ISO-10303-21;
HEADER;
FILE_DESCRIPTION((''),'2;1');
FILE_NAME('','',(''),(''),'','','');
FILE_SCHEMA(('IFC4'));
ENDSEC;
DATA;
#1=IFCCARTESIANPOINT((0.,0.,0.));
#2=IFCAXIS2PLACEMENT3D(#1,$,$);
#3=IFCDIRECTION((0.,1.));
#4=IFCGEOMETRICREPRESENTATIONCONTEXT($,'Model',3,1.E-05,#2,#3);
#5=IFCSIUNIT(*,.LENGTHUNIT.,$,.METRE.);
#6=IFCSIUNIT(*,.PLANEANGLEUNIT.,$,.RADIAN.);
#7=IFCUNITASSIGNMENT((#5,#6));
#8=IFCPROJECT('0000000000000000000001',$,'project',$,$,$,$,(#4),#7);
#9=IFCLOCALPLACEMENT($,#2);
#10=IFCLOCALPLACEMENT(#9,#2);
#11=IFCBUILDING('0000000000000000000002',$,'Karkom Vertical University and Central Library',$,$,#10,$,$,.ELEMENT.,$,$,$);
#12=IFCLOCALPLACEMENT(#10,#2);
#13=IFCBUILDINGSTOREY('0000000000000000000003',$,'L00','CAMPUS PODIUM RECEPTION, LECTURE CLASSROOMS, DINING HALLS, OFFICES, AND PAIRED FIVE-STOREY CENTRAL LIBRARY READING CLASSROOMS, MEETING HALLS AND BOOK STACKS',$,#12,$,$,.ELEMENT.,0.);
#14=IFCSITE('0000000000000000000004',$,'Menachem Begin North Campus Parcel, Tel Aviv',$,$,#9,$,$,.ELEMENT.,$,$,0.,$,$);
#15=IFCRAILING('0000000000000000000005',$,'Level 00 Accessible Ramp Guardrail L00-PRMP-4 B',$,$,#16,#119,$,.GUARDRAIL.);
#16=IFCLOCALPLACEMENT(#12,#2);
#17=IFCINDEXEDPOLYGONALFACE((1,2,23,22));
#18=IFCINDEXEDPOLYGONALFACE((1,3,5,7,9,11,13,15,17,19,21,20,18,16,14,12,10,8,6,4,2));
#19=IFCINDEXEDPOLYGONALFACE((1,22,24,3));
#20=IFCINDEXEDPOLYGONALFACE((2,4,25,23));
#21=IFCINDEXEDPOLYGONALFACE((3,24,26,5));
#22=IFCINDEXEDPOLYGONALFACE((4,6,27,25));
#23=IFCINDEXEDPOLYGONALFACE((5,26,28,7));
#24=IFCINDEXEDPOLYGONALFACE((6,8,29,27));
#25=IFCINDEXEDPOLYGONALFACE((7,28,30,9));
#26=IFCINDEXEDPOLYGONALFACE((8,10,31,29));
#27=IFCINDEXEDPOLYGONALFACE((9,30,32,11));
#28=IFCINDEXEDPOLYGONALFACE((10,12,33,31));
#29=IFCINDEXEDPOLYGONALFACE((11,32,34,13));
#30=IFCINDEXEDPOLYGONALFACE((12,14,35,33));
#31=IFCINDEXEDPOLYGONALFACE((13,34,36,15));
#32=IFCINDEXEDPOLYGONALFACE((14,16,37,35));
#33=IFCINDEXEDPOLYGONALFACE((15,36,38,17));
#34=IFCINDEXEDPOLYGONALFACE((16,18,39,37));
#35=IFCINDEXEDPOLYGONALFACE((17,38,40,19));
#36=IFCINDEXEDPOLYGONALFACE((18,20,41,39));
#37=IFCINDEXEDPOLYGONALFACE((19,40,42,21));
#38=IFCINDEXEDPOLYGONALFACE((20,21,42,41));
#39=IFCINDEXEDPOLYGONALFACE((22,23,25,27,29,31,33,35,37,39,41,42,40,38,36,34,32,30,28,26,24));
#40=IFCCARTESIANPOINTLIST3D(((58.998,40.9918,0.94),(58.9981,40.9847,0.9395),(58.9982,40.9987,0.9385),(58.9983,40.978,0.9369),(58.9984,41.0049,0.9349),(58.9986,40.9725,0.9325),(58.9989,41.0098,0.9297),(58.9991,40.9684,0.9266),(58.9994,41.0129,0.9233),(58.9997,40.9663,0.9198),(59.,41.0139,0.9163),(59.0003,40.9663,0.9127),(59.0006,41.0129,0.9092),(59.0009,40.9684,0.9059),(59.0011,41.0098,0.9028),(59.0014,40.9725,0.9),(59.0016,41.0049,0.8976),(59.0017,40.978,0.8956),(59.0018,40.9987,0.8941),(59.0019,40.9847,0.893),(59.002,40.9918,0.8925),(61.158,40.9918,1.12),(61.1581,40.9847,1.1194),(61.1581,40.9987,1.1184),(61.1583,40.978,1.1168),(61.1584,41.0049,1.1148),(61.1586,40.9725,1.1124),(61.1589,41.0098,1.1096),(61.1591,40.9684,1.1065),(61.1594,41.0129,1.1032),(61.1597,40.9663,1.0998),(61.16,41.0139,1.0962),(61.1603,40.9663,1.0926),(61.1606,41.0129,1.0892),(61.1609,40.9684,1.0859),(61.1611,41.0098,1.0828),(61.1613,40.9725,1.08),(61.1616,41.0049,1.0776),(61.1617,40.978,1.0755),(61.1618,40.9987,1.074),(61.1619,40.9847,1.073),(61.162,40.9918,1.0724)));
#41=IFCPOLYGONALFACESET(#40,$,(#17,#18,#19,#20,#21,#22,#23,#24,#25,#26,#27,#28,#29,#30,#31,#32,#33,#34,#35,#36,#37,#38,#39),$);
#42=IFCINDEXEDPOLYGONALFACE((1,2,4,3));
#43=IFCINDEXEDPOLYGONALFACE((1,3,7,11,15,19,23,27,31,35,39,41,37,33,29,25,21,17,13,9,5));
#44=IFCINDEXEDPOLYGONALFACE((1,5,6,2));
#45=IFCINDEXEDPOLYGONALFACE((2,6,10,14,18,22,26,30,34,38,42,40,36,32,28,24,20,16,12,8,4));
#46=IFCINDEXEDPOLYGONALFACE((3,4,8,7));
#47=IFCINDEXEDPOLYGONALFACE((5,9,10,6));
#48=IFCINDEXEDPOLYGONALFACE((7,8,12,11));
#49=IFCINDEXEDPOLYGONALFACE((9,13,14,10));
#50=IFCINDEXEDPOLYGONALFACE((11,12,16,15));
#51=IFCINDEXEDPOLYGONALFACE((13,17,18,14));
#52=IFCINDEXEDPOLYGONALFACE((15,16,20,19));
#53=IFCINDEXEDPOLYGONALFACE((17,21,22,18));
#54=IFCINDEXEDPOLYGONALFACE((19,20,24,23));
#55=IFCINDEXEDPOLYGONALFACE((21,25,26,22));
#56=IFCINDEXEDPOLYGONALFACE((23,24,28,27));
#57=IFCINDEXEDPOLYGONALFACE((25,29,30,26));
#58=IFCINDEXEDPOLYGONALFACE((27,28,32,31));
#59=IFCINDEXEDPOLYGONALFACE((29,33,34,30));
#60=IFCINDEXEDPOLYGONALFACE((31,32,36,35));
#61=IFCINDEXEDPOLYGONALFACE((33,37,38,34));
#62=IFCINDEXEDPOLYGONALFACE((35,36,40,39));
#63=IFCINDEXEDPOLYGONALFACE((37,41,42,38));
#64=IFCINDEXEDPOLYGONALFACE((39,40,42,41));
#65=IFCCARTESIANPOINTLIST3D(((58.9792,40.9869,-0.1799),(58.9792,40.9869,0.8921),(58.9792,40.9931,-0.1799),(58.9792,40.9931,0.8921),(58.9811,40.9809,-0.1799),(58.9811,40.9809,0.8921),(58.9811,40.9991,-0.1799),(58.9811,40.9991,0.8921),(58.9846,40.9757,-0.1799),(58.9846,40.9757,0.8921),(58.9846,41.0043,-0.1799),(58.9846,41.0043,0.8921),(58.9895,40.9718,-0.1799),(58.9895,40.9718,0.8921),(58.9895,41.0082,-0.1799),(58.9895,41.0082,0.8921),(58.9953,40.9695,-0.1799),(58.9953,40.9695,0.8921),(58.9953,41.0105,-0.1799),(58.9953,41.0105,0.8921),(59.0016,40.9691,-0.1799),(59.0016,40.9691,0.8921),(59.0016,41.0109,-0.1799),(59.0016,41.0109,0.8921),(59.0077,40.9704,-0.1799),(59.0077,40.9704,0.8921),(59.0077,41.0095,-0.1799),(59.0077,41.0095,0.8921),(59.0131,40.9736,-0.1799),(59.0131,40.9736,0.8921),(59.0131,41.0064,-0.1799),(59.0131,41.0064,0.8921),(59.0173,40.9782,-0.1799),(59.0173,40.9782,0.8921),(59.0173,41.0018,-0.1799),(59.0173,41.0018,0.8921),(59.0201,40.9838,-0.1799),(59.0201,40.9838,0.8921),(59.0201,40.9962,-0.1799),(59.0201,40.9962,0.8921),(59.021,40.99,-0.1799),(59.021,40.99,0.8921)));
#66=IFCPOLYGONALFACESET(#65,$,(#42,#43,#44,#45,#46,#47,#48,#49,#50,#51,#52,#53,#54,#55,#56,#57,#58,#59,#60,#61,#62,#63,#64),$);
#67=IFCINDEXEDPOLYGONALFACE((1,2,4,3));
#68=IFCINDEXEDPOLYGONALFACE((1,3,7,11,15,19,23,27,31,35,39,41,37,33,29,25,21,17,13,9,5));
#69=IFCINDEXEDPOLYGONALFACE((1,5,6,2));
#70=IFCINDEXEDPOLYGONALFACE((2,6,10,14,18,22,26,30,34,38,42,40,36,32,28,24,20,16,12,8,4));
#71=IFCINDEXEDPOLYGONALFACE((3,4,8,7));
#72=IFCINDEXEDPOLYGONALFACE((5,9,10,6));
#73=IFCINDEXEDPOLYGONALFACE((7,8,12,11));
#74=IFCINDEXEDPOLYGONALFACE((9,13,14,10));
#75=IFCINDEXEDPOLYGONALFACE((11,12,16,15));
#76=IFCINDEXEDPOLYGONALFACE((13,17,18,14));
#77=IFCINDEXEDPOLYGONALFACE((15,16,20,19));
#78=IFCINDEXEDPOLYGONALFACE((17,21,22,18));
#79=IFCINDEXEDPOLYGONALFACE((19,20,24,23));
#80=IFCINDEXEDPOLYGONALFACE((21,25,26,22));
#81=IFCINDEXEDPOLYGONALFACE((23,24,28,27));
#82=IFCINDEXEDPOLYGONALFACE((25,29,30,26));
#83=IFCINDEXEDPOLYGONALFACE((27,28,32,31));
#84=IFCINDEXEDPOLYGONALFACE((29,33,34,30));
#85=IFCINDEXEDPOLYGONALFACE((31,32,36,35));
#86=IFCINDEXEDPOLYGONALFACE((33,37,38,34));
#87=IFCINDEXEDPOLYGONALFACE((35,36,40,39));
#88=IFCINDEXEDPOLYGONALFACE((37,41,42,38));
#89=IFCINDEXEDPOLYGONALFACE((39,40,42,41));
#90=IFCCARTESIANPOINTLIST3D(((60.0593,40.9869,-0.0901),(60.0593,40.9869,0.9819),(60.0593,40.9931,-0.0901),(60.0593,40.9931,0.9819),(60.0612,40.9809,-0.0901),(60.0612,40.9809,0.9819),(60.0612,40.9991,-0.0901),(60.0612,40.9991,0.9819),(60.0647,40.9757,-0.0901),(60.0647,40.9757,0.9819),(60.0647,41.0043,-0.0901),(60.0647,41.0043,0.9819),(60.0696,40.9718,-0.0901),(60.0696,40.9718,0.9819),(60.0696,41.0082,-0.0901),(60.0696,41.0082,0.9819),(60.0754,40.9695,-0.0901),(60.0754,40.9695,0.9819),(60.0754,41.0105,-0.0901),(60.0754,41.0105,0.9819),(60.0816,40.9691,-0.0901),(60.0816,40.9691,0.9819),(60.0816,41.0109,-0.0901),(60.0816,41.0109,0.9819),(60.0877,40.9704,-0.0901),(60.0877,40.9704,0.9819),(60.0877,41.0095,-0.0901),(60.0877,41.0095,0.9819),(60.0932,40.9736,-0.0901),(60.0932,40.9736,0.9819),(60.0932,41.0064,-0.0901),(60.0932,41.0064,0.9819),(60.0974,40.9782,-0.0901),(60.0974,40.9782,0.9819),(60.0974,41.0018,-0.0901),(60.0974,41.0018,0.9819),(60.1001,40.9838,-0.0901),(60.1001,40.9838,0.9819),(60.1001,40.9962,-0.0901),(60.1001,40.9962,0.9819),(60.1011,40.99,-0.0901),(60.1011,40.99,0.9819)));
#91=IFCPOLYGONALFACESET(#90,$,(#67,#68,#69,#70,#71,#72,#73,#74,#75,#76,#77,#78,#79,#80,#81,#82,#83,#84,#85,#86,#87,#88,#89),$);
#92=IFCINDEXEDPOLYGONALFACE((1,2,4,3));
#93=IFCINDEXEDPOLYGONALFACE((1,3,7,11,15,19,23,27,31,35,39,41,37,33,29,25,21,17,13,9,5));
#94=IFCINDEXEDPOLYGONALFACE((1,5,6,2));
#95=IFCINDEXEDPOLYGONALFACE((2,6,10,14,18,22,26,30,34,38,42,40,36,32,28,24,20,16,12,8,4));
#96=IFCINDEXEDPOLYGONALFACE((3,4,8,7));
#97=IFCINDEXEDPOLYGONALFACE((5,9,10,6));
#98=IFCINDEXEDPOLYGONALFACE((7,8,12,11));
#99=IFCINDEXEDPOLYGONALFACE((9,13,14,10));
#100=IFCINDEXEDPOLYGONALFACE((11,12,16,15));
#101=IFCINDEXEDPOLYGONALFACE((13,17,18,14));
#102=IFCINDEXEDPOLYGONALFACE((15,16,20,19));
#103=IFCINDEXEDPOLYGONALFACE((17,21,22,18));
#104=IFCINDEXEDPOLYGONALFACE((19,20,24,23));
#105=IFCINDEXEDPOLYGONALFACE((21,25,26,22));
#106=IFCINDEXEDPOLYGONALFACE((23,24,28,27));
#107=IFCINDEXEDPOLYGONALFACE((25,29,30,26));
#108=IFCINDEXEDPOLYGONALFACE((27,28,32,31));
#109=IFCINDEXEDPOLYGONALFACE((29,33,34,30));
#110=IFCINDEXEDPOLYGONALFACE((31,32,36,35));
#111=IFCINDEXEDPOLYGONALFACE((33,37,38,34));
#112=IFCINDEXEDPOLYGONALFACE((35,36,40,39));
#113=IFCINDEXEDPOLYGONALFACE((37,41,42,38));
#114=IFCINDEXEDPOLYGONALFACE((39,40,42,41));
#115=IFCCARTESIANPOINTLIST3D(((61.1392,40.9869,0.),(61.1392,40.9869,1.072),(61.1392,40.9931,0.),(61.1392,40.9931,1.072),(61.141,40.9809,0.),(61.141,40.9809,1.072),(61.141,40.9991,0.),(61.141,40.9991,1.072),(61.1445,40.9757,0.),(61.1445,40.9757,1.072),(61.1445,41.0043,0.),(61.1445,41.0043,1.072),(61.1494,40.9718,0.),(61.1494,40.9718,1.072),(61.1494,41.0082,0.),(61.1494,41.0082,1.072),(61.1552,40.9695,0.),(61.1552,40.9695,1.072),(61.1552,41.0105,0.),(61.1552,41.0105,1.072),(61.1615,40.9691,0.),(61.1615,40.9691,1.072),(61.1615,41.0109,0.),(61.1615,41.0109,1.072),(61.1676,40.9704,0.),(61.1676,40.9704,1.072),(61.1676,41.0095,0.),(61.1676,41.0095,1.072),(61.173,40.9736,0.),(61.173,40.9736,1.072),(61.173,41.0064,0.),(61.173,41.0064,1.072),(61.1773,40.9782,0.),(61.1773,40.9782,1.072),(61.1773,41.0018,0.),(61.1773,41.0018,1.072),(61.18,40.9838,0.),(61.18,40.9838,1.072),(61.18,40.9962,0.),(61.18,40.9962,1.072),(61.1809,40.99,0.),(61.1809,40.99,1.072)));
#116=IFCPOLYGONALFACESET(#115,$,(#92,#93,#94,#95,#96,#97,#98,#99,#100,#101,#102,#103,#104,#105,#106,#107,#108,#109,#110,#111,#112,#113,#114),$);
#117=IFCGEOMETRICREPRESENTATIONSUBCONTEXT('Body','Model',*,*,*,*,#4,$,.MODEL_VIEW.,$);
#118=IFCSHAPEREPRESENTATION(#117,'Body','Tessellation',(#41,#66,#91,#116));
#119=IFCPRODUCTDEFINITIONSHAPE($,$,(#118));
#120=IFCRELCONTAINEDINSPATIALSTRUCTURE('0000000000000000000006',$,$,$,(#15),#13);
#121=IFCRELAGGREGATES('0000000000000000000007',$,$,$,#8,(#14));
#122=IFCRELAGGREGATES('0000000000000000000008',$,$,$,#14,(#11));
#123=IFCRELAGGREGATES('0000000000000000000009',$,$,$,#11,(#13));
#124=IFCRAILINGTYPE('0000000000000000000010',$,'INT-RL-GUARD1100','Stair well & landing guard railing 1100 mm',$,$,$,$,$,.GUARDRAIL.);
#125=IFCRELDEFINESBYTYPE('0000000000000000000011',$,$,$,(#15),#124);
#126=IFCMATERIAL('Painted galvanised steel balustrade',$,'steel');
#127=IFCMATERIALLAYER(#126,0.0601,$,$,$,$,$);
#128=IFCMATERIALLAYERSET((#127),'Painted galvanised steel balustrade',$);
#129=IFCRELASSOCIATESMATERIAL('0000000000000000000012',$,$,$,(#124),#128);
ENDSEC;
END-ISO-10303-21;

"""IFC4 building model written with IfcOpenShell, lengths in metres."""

from ifc_helpers import new_model, si_unit, direction, frame, origin, origin_2d, place, context, subcontext, project, spatial, circle, extrude, material, layer, layer_set, type_object, element, save


model = new_model("IFC4")

# Units and contexts
model_context = context("Model", 3, precision=1e-05, world=origin(), true_north=direction((0.0, 1.0)))
body_context = subcontext(model_context, "Body", "Model", "MODEL_VIEW")
ifc_project = project(units=[si_unit("LENGTHUNIT", "METRE"), si_unit("PLANEANGLEUNIT", "RADIAN")], contexts=[model_context])

# Site, building, storey
site_placement = place(None, origin())
site = spatial("IfcSite", under=ifc_project, at=site_placement, Name="Menachem Begin North Campus Parcel, Tel Aviv", CompositionType="ELEMENT", RefElevation=0.0)
building_placement = place(site_placement, origin())
building = spatial("IfcBuilding", under=site, at=building_placement, Name="Karkom Vertical University and Central Library", CompositionType="ELEMENT")
storey_placement = place(building_placement, origin())
storey = spatial("IfcBuildingStorey", under=building, at=storey_placement, Name="L00", Description="CAMPUS PODIUM RECEPTION, LECTURE CLASSROOMS, DINING HALLS, OFFICES, AND PAIRED FIVE-STOREY CENTRAL LIBRARY READING CLASSROOMS, MEETING HALLS AND BOOK STACKS", CompositionType="ELEMENT", Elevation=0.0)

# Railing
ifc_material_1 = material(Name="Painted galvanised steel balustrade", Category="steel")
ifc_layer_1 = layer(ifc_material_1, 0.0601)
ifc_layer_set_1 = layer_set([ifc_layer_1], Name="Painted galvanised steel balustrade")
railing_type = type_object("IfcRailingType", Name="INT-RL-GUARD1100", Description="Stair well & landing guard railing 1100 mm", PredefinedType="GUARDRAIL", material=ifc_layer_set_1)
for number, where, name in (
    (1, (59.0, 40.99, -0.1799), "Level 00 Accessible Ramp Guardrail L00-PRMP-4 B"),
):
    element("IfcRailing", number, at=place(storey_placement, frame(where)), inside=storey, type_object=railing_type, Name=name, PredefinedType="GUARDRAIL", context=body_context, shape_type="SweptSolid", body=[
        extrude(circle(Radius=0.0239, at=origin_2d()), frame((0.0, 0.0, 1.0962), z_axis=(0.996548, 0.0, 0.083018), x_axis=(0.0, 1.0, 0.0)), (0.0, 0.0, 1.0), 2.1675),
        extrude(circle(Radius=0.021, at=origin_2d()), origin(), (0.0, 0.0, 1.0), 1.072),
        extrude(circle(Radius=0.021, at=origin_2d()), frame((1.0801, 0.0, 0.0898)), (0.0, 0.0, 1.0), 1.072),
        extrude(circle(Radius=0.021, at=origin_2d()), frame((2.1599, 0.0, 0.1799)), (0.0, 0.0, 1.0), 1.072),
    ])

save(model, "model.ifc")
